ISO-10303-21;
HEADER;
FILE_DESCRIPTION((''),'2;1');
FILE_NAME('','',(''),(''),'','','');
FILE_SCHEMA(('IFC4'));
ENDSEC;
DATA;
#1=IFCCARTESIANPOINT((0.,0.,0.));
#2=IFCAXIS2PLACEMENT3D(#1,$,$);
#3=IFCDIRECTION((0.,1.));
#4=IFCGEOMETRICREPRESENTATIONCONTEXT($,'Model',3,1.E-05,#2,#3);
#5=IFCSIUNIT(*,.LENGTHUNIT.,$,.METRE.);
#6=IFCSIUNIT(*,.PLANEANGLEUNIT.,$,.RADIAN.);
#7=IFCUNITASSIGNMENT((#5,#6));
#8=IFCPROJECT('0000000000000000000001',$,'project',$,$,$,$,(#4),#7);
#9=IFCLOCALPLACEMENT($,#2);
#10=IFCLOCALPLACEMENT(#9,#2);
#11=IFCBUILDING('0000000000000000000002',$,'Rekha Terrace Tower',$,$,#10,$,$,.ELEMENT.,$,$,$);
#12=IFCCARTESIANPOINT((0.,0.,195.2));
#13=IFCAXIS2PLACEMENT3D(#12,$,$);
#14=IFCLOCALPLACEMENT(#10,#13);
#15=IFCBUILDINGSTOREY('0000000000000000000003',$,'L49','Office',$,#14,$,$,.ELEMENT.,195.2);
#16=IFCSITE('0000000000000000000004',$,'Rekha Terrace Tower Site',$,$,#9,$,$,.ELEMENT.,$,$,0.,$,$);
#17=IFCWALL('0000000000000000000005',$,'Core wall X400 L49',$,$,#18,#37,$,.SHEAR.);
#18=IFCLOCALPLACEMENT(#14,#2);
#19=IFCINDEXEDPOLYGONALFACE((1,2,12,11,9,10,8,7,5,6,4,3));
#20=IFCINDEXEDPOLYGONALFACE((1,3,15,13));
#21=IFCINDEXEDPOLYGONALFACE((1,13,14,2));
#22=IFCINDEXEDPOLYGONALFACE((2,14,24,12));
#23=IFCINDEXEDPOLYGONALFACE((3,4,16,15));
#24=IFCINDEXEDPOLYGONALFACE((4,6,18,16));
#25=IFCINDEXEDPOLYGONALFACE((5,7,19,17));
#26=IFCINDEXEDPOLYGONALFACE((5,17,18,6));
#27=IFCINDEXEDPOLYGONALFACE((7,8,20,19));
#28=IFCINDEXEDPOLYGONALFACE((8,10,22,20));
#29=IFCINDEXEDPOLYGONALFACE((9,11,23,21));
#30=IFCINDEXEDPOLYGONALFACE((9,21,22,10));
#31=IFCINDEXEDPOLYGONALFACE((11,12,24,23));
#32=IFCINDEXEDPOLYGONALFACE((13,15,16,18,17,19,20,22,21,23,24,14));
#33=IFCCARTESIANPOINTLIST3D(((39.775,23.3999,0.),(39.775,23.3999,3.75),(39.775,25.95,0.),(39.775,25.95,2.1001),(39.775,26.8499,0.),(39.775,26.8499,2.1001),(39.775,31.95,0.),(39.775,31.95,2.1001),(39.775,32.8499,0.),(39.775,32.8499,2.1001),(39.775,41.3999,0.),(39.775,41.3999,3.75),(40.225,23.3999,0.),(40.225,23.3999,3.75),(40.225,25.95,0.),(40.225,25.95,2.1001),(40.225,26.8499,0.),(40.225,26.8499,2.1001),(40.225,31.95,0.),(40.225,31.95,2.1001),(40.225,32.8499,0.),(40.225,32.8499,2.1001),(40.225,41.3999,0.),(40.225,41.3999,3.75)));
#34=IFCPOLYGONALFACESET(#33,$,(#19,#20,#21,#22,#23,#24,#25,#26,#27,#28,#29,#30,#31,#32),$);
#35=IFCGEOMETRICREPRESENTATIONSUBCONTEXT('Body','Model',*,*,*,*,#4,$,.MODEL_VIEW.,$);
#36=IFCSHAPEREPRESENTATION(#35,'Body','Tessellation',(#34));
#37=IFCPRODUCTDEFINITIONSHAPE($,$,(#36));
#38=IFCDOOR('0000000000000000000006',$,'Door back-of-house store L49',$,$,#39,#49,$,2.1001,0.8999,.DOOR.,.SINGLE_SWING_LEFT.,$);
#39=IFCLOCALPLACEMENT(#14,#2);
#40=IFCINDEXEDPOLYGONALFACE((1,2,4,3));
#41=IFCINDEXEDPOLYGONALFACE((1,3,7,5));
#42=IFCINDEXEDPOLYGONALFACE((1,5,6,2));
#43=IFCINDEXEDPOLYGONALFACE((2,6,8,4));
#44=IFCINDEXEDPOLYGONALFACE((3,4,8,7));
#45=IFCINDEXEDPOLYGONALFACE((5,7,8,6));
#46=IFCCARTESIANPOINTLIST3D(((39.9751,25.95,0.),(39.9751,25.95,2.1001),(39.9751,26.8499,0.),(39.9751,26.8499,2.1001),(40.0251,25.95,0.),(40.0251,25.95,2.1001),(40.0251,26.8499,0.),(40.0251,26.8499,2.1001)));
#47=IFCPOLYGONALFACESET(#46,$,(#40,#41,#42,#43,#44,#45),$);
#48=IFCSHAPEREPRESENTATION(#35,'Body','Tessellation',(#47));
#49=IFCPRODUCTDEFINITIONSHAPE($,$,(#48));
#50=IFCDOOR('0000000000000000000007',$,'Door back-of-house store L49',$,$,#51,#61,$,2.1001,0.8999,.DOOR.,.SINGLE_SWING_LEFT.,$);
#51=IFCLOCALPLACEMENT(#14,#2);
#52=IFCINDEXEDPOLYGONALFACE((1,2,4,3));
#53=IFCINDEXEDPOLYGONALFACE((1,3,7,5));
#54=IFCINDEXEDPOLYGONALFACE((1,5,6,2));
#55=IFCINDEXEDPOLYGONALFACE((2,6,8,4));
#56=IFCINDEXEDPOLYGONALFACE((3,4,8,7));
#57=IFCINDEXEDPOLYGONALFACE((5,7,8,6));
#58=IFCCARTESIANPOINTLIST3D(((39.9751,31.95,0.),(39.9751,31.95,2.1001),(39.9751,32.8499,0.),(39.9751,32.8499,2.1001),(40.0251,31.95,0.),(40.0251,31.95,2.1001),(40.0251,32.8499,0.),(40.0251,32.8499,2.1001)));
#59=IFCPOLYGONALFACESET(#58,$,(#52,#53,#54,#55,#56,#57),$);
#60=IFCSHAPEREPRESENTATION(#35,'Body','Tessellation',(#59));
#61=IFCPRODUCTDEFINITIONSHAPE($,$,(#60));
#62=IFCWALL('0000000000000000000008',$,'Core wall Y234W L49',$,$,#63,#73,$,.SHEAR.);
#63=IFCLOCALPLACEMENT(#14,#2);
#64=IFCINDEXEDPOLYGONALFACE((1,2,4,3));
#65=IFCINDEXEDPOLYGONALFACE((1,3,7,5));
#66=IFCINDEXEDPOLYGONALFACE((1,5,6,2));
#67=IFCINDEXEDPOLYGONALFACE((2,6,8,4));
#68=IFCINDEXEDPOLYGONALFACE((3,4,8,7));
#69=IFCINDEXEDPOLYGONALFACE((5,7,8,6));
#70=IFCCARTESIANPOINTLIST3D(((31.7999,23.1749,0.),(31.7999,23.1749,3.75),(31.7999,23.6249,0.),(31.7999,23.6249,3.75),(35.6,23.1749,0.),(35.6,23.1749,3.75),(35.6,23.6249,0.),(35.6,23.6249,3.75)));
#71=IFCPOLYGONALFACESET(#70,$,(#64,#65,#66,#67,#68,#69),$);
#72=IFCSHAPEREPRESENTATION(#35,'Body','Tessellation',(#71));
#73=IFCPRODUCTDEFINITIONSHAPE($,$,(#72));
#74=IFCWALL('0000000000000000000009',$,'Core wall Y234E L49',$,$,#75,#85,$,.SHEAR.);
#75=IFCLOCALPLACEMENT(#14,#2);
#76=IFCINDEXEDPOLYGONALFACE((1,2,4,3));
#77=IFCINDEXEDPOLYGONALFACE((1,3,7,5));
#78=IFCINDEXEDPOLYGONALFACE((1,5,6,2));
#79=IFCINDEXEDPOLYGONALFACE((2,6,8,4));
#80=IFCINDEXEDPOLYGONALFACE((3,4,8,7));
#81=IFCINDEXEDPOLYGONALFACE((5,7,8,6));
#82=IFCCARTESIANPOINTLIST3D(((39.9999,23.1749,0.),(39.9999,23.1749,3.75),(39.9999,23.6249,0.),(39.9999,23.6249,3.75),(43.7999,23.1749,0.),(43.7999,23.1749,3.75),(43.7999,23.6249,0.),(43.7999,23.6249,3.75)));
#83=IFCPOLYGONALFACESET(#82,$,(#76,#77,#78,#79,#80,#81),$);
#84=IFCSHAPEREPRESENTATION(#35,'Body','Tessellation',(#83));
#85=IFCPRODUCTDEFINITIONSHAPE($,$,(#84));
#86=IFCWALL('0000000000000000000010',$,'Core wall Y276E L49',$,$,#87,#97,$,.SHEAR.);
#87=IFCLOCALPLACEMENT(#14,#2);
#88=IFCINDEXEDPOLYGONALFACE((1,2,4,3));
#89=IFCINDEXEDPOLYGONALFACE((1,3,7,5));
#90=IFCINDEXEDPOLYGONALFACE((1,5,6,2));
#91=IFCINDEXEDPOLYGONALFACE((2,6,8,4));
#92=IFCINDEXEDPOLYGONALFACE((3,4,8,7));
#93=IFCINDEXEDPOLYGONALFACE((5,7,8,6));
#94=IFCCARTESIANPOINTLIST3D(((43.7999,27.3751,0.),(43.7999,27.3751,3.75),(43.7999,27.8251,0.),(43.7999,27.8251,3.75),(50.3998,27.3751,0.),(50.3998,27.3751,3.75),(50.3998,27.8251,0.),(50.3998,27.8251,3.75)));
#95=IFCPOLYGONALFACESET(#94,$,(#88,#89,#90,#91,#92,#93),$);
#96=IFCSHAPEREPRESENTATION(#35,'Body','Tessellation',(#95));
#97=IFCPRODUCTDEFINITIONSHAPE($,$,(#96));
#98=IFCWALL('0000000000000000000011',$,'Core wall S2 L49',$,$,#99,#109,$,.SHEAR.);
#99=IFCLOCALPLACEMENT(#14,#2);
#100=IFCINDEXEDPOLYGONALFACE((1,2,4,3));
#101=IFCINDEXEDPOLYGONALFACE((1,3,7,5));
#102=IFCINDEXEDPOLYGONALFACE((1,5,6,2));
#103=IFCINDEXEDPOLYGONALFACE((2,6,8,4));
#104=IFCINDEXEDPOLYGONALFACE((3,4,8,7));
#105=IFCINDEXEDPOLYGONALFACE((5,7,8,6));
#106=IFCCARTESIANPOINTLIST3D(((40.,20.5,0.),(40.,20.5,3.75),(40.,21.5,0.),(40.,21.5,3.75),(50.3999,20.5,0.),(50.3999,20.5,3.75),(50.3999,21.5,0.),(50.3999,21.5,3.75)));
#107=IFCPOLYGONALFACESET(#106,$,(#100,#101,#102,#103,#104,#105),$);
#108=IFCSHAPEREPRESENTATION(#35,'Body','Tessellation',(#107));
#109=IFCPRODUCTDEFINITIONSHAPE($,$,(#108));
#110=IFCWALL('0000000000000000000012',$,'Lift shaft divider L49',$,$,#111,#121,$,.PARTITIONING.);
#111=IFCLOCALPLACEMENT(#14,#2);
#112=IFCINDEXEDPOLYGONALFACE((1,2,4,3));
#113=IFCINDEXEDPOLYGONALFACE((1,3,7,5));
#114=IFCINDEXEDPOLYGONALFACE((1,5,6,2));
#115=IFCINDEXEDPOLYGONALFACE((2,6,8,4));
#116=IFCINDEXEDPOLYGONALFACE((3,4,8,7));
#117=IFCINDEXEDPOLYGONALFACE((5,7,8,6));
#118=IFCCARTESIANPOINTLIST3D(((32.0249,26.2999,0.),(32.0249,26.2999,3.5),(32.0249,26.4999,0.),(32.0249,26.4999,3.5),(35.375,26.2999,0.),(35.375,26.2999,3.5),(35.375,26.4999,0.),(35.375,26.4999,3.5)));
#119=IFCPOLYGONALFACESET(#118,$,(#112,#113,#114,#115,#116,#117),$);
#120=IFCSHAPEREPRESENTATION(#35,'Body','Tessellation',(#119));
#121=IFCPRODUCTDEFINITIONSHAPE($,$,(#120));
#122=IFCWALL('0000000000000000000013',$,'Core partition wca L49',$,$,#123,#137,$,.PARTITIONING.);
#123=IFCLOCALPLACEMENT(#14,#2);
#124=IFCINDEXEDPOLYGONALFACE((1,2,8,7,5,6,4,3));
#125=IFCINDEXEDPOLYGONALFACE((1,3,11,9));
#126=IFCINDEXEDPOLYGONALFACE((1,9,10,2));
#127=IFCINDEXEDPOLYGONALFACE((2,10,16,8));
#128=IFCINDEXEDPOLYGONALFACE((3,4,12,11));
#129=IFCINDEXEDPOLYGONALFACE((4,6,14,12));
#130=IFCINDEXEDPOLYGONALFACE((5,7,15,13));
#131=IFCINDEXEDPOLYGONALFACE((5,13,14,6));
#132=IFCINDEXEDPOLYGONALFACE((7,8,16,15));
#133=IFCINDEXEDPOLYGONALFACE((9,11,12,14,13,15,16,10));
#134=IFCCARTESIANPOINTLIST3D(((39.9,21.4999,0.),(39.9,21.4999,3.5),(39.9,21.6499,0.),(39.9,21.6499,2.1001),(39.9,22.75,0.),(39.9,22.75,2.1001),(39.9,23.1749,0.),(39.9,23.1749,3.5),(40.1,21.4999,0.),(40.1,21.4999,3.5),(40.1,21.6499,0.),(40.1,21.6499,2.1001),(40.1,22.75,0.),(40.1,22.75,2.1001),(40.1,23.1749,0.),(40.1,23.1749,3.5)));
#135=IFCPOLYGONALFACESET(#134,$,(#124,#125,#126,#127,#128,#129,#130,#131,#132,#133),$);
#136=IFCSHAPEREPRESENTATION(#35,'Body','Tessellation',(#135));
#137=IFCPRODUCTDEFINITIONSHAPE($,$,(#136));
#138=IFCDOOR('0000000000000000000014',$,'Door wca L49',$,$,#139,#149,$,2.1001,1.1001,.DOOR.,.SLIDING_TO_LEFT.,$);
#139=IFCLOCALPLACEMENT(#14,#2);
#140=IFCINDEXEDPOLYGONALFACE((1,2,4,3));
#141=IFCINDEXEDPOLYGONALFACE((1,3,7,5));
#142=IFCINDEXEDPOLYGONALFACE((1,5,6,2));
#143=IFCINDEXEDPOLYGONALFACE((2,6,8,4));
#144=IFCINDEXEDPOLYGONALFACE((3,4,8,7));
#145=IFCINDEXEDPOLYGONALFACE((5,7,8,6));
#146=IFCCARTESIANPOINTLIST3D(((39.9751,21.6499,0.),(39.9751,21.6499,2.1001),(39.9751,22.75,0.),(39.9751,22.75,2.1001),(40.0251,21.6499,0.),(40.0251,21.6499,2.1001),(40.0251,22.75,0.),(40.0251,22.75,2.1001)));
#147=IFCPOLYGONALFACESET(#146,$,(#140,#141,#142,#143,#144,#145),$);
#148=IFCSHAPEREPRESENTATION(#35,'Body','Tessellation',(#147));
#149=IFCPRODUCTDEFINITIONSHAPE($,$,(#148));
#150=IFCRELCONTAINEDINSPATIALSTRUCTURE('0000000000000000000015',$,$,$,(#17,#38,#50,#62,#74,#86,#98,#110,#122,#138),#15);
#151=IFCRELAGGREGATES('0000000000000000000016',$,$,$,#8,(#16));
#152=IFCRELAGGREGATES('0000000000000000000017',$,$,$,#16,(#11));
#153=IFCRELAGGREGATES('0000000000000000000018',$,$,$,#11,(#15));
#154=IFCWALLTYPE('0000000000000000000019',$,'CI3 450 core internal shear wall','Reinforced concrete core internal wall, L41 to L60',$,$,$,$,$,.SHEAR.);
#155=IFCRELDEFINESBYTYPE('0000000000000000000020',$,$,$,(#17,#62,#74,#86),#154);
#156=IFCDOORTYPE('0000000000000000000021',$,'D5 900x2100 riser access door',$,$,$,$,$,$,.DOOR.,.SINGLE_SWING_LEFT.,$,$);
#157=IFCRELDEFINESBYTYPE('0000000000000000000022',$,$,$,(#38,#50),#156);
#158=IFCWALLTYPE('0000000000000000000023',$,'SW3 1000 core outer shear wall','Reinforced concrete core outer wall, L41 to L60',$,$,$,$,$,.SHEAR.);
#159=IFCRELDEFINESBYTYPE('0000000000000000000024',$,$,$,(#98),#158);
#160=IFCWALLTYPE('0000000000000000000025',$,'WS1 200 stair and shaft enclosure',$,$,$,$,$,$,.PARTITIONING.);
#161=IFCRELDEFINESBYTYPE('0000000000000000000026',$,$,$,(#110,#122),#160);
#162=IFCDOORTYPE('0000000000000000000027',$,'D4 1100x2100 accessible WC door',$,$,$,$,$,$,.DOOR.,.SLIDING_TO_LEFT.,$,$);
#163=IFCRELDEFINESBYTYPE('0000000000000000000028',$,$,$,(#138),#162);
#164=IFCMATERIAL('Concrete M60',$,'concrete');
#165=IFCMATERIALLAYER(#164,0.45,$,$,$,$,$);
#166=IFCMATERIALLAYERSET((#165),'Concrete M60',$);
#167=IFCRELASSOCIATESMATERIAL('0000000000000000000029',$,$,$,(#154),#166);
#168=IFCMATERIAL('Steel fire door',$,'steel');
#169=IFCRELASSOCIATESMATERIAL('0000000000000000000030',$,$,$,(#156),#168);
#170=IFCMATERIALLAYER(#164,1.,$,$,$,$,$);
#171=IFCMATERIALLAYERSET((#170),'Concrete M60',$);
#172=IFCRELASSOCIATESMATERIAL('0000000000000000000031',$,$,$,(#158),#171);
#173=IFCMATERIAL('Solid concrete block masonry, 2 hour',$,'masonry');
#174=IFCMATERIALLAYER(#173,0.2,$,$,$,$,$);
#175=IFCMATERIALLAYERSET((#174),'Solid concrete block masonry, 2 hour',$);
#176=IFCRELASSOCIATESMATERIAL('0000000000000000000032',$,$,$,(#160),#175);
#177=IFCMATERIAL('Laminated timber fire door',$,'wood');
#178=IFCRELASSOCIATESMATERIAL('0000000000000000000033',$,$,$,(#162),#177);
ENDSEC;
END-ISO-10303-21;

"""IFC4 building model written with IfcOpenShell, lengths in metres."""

from ifc_helpers import new_model, si_unit, direction, frame, frame_2d, origin, place, context, subcontext, project, spatial, rectangle, extrude, material, layer, layer_set, type_object, element, fill, save


model = new_model("IFC4")

# Units and contexts
model_context = context("Model", 3, precision=1e-05, world=origin(), true_north=direction((0.0, 1.0)))
body_context = subcontext(model_context, "Body", "Model", "MODEL_VIEW")
ifc_project = project(units=[si_unit("LENGTHUNIT", "METRE"), si_unit("PLANEANGLEUNIT", "RADIAN")], contexts=[model_context])

# Site, building, storey
site_placement = place(None, origin())
site = spatial("IfcSite", under=ifc_project, at=site_placement, Name="Rekha Terrace Tower Site", CompositionType="ELEMENT", RefElevation=0.0)
building_placement = place(site_placement, origin())
building = spatial("IfcBuilding", under=site, at=building_placement, Name="Rekha Terrace Tower", CompositionType="ELEMENT")
storey_placement = place(building_placement, frame((0.0, 0.0, 195.2)))
storey = spatial("IfcBuildingStorey", under=building, at=storey_placement, Name="L49", Description="Office", CompositionType="ELEMENT", Elevation=195.2)

# Shared definitions
ifc_material_1 = material(Name="Concrete M60", Category="concrete")

# Shared definitions
ifc_layer_1 = layer(ifc_material_1, 0.45)
ifc_layer_set_1 = layer_set([ifc_layer_1], Name="Concrete M60")
wall_type_1 = type_object("IfcWallType", Name="CI3 450 core internal shear wall", Description="Reinforced concrete core internal wall, L41 to L60", PredefinedType="SHEAR", material=ifc_layer_set_1)

# Wall, openings, doors
wall_1_placement = place(storey_placement, frame((40.0, 23.3999, 0.0), z_axis=(0.0, 0.0, 1.0), x_axis=(0.0, 1.0, 0.0)))
wall_1 = element("IfcWall", 1, at=wall_1_placement, inside=storey, type_object=wall_type_1, Name="Core wall X400 L49", PredefinedType="SHEAR", context=body_context, shape_type="SweptSolid", body=[
    extrude(rectangle(XDim=18.0, YDim=0.45, at=frame_2d((9.0, 0.0))), origin(), (0.0, 0.0, 1.0), 3.75),
])
opening_1_placement = place(wall_1_placement, frame((2.55, 0.0, 0.0)))
opening_1 = element("IfcOpeningElement", 2, at=opening_1_placement, cuts=wall_1, PredefinedType="OPENING", context=body_context, shape_type="SweptSolid", body=[
    extrude(rectangle(XDim=0.8999, YDim=2.1001, at=frame_2d((0.45, 1.05))), frame((0.0, 0.2349, 0.0), z_axis=(0.0, -1.0, 0.0), x_axis=(1.0, 0.0, 0.0)), (0.0, 0.0, 1.0), 0.47),
])
opening_2_placement = place(wall_1_placement, frame((8.55, 0.0, 0.0)))
opening_2 = element("IfcOpeningElement", 3, at=opening_2_placement, cuts=wall_1, PredefinedType="OPENING", context=body_context, shape_type="SweptSolid", body=[
    extrude(rectangle(XDim=0.8999, YDim=2.1001, at=frame_2d((0.45, 1.05))), frame((0.0, 0.2349, 0.0), z_axis=(0.0, -1.0, 0.0), x_axis=(1.0, 0.0, 0.0)), (0.0, 0.0, 1.0), 0.47),
])
ifc_material_2 = material(Name="Steel fire door", Category="steel")
door_type_1 = type_object("IfcDoorType", Name="D5 900x2100 riser access door", OperationType="SINGLE_SWING_LEFT", PredefinedType="DOOR", material=ifc_material_2)
door_1_placement = place(opening_1_placement, origin())
door_1 = element("IfcDoor", 4, at=door_1_placement, inside=storey, type_object=door_type_1, Name="Door back-of-house store L49", OperationType="SINGLE_SWING_LEFT", OverallHeight=2.1001, OverallWidth=0.8999, PredefinedType="DOOR", context=body_context, shape_type="SweptSolid", body=[
    extrude(rectangle(XDim=0.8999, YDim=2.1001, at=frame_2d((0.45, 1.05))), frame((0.0, 0.0249, 0.0), z_axis=(0.0, -1.0, 0.0), x_axis=(1.0, 0.0, 0.0)), (0.0, 0.0, 1.0), 0.05),
])
fill(opening_1, door_1)
door_2_placement = place(opening_2_placement, origin())
door_2 = element("IfcDoor", 5, at=door_2_placement, inside=storey, type_object=door_type_1, Name="Door back-of-house store L49", OperationType="SINGLE_SWING_LEFT", OverallHeight=2.1001, OverallWidth=0.8999, PredefinedType="DOOR", context=body_context, shape_type="SweptSolid", body=[
    extrude(rectangle(XDim=0.8999, YDim=2.1001, at=frame_2d((0.45, 1.05))), frame((0.0, 0.0249, 0.0), z_axis=(0.0, -1.0, 0.0), x_axis=(1.0, 0.0, 0.0)), (0.0, 0.0, 1.0), 0.05),
])
fill(opening_2, door_2)

# Walls
for number, where, z_axis, x_axis, name in (
    (6, (31.8, 23.3999, 0.0), (0.0, 0.0, 1.0), (1.0, 0.0, 0.0), "Core wall Y234W L49"),
    (7, (40.0, 23.3999, 0.0), (0.0, 0.0, 1.0), (1.0, 0.0, 0.0), "Core wall Y234E L49"),
):
    element("IfcWall", number, at=place(storey_placement, frame(where, z_axis=z_axis, x_axis=x_axis)), inside=storey, type_object=wall_type_1, Name=name, PredefinedType="SHEAR", context=body_context, shape_type="SweptSolid", body=[
        extrude(rectangle(XDim=3.8, YDim=0.45, at=frame_2d((1.8999, 0.0))), origin(), (0.0, 0.0, 1.0), 3.75),
    ])
wall_2_placement = place(storey_placement, frame((43.8, 27.6001, 0.0), z_axis=(0.0, 0.0, 1.0), x_axis=(1.0, 0.0, 0.0)))
element("IfcWall", 8, at=wall_2_placement, inside=storey, type_object=wall_type_1, Name="Core wall Y276E L49", PredefinedType="SHEAR", context=body_context, shape_type="SweptSolid", body=[
    extrude(rectangle(XDim=6.5999, YDim=0.45, at=frame_2d((3.2998, 0.0))), origin(), (0.0, 0.0, 1.0), 3.75),
])
ifc_layer_2 = layer(ifc_material_1, 1.0)
ifc_layer_set_2 = layer_set([ifc_layer_2], Name="Concrete M60")
wall_type_2 = type_object("IfcWallType", Name="SW3 1000 core outer shear wall", Description="Reinforced concrete core outer wall, L41 to L60", PredefinedType="SHEAR", material=ifc_layer_set_2)
wall_3_placement = place(storey_placement, frame((40.0, 21.0, 0.0), z_axis=(0.0, 0.0, 1.0), x_axis=(1.0, 0.0, 0.0)))
element("IfcWall", 9, at=wall_3_placement, inside=storey, type_object=wall_type_2, Name="Core wall S2 L49", PredefinedType="SHEAR", context=body_context, shape_type="SweptSolid", body=[
    extrude(rectangle(XDim=10.3999, YDim=1.0, at=frame_2d((5.2, 0.0))), origin(), (0.0, 0.0, 1.0), 3.75),
])
ifc_material_3 = material(Name="Solid concrete block masonry, 2 hour", Category="masonry")
ifc_layer_3 = layer(ifc_material_3, 0.2)
ifc_layer_set_3 = layer_set([ifc_layer_3], Name="Solid concrete block masonry, 2 hour")
wall_type_3 = type_object("IfcWallType", Name="WS1 200 stair and shaft enclosure", PredefinedType="PARTITIONING", material=ifc_layer_set_3)
wall_4_placement = place(storey_placement, frame((32.0249, 26.3999, 0.0), z_axis=(0.0, 0.0, 1.0), x_axis=(1.0, 0.0, 0.0)))
element("IfcWall", 10, at=wall_4_placement, inside=storey, type_object=wall_type_3, Name="Lift shaft divider L49", PredefinedType="PARTITIONING", context=body_context, shape_type="SweptSolid", body=[
    extrude(rectangle(XDim=3.3501, YDim=0.2, at=frame_2d((1.675, 0.0))), origin(), (0.0, 0.0, 1.0), 3.5),
])

# Wall, opening, door
wall_5_placement = place(storey_placement, frame((40.0, 21.5, 0.0), z_axis=(0.0, 0.0, 1.0), x_axis=(0.0, 1.0, 0.0)))
wall_5 = element("IfcWall", 11, at=wall_5_placement, inside=storey, type_object=wall_type_3, Name="Core partition wca L49", PredefinedType="PARTITIONING", context=body_context, shape_type="SweptSolid", body=[
    extrude(rectangle(XDim=1.675, YDim=0.2, at=frame_2d((0.8374, 0.0))), origin(), (0.0, 0.0, 1.0), 3.5),
])
opening_3_placement = place(wall_5_placement, frame((0.1499, 0.0, 0.0)))
opening_3 = element("IfcOpeningElement", 12, at=opening_3_placement, cuts=wall_5, PredefinedType="OPENING", context=body_context, shape_type="SweptSolid", body=[
    extrude(rectangle(XDim=1.1001, YDim=2.1001, at=frame_2d((0.55, 1.05))), frame((0.0, 0.1099, 0.0), z_axis=(0.0, -1.0, 0.0), x_axis=(1.0, 0.0, 0.0)), (0.0, 0.0, 1.0), 0.22),
])
ifc_material_4 = material(Name="Laminated timber fire door", Category="wood")
door_type_2 = type_object("IfcDoorType", Name="D4 1100x2100 accessible WC door", OperationType="SLIDING_TO_LEFT", PredefinedType="DOOR", material=ifc_material_4)
door_3_placement = place(opening_3_placement, origin())
door_3 = element("IfcDoor", 13, at=door_3_placement, inside=storey, type_object=door_type_2, Name="Door wca L49", OperationType="SLIDING_TO_LEFT", OverallHeight=2.1001, OverallWidth=1.1001, PredefinedType="DOOR", context=body_context, shape_type="SweptSolid", body=[
    extrude(rectangle(XDim=1.1001, YDim=2.1001, at=frame_2d((0.55, 1.05))), frame((0.0, 0.0249, 0.0), z_axis=(0.0, -1.0, 0.0), x_axis=(1.0, 0.0, 0.0)), (0.0, 0.0, 1.0), 0.05),
])
fill(opening_3, door_3)

save(model, "model.ifc")
